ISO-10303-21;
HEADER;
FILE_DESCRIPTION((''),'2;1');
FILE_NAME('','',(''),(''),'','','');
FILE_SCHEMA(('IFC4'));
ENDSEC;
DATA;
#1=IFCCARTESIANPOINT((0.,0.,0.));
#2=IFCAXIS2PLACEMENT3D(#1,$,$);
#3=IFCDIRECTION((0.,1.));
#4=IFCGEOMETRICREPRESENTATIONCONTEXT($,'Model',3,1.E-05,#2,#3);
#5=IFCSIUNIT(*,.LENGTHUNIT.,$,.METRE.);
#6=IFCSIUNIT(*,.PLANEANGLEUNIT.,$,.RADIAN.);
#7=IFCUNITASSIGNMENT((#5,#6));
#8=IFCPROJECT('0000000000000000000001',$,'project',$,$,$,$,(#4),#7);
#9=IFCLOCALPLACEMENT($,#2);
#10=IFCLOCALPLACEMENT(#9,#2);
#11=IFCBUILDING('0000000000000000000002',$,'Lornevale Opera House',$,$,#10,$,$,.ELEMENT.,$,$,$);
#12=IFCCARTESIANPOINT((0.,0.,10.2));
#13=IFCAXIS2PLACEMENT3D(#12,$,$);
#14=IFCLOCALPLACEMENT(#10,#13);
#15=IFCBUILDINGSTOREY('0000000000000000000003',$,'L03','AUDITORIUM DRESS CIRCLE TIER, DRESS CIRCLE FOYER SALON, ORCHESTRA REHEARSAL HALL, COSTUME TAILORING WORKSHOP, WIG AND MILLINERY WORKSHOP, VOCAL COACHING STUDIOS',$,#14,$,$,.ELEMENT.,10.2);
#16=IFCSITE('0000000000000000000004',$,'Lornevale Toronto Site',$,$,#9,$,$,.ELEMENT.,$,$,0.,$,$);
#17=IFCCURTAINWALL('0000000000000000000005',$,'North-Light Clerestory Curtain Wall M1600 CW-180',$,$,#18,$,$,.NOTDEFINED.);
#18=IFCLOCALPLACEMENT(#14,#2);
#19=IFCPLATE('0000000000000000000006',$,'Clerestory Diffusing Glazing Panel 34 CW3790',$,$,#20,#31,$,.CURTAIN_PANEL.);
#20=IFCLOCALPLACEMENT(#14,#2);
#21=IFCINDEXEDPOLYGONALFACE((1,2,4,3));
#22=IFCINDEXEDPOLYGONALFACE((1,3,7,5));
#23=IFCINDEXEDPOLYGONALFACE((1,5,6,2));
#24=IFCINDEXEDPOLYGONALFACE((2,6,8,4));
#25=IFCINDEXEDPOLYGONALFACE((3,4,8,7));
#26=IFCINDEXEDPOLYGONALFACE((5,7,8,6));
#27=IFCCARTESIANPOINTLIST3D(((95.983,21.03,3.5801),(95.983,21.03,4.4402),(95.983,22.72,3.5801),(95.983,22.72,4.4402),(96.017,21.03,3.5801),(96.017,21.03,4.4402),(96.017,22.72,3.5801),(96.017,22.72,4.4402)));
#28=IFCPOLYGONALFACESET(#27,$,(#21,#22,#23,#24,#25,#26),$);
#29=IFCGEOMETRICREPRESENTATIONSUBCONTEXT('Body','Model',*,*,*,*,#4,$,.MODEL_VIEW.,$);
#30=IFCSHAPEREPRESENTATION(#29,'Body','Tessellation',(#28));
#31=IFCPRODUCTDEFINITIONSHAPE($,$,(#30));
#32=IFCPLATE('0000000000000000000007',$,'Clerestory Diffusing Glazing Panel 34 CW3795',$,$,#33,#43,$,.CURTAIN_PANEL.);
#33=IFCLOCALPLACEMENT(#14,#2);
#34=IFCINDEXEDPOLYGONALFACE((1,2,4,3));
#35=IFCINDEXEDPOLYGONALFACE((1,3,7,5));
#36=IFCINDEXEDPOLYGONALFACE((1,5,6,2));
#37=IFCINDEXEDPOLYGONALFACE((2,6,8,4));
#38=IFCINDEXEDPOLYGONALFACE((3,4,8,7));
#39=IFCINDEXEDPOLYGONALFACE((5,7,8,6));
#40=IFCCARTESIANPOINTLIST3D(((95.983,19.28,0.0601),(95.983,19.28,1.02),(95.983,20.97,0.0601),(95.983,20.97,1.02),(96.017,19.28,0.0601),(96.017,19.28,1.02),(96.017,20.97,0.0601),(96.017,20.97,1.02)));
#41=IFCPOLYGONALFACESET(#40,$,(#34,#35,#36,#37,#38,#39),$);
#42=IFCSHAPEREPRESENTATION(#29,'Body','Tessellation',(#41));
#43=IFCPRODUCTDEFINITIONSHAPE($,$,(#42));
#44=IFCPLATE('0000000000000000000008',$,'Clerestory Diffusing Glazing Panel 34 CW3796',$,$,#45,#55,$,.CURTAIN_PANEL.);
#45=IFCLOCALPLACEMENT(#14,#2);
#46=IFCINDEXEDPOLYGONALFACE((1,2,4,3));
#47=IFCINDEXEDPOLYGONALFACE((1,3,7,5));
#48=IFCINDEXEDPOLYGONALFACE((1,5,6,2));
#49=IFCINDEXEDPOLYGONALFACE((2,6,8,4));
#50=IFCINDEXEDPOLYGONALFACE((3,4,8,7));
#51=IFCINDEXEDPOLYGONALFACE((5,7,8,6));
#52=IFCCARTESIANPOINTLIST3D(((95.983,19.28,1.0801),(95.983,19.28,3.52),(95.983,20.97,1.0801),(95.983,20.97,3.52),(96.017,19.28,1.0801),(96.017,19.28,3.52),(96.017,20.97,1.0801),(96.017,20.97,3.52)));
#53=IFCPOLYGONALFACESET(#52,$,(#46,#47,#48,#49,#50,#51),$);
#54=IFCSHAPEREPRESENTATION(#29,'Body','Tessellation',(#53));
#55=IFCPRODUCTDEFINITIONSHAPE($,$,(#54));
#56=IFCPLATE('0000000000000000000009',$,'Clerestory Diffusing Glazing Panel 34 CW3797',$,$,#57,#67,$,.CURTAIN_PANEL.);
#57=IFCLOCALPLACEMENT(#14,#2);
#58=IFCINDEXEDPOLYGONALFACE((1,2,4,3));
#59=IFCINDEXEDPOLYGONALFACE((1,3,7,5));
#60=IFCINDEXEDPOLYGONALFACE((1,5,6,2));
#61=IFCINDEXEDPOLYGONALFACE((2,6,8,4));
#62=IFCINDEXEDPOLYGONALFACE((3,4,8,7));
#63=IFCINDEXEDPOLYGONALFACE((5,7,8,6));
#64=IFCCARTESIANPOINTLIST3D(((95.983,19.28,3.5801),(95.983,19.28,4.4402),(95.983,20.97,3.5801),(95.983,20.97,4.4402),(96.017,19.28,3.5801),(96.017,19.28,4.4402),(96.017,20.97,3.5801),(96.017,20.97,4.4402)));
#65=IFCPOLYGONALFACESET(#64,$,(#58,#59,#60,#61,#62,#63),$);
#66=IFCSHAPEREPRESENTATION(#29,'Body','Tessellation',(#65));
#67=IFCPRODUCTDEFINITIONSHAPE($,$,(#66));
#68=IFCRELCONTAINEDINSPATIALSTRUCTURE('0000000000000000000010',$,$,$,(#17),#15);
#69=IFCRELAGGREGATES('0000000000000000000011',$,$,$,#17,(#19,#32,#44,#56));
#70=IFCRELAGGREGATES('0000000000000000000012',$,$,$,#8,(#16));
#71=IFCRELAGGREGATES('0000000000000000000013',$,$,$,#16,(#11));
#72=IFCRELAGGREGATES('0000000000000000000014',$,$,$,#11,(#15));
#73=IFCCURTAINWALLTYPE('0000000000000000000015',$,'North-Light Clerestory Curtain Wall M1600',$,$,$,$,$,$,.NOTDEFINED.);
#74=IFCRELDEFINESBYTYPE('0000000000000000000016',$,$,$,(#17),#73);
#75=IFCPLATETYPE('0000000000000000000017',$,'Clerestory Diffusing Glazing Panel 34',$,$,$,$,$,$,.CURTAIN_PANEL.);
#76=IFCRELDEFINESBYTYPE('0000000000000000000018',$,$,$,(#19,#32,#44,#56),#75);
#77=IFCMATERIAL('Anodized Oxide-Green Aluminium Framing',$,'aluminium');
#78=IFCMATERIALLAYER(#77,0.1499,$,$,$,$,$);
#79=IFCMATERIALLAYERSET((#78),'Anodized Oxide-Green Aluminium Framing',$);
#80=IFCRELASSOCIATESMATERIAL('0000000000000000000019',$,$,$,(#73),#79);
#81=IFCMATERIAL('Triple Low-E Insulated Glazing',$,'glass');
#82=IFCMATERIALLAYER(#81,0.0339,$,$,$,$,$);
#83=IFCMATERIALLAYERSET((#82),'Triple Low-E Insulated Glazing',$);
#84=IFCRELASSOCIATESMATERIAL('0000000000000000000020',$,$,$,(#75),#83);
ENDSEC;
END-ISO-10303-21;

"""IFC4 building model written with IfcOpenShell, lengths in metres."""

from ifc_helpers import new_model, si_unit, direction, frame, origin, origin_2d, place, context, subcontext, project, spatial, rectangle, extrude, material, layer, layer_set, type_object, element, aggregate, save


model = new_model("IFC4")

# Units and contexts
model_context = context("Model", 3, precision=1e-05, world=origin(), true_north=direction((0.0, 1.0)))
body_context = subcontext(model_context, "Body", "Model", "MODEL_VIEW")
ifc_project = project(units=[si_unit("LENGTHUNIT", "METRE"), si_unit("PLANEANGLEUNIT", "RADIAN")], contexts=[model_context])

# Site, building, storey
site_placement = place(None, origin())
site = spatial("IfcSite", under=ifc_project, at=site_placement, Name="Lornevale Toronto Site", CompositionType="ELEMENT", RefElevation=0.0)
building_placement = place(site_placement, origin())
building = spatial("IfcBuilding", under=site, at=building_placement, Name="Lornevale Opera House", CompositionType="ELEMENT")
storey_placement = place(building_placement, frame((0.0, 0.0, 10.2)))
storey = spatial("IfcBuildingStorey", under=building, at=storey_placement, Name="L03", Description="AUDITORIUM DRESS CIRCLE TIER, DRESS CIRCLE FOYER SALON, ORCHESTRA REHEARSAL HALL, COSTUME TAILORING WORKSHOP, WIG AND MILLINERY WORKSHOP, VOCAL COACHING STUDIOS", CompositionType="ELEMENT", Elevation=10.2)

# Shared definitions
ifc_material_1 = material(Name="Anodized Oxide-Green Aluminium Framing", Category="aluminium")
ifc_layer_1 = layer(ifc_material_1, 0.1499)
ifc_layer_set_1 = layer_set([ifc_layer_1], Name="Anodized Oxide-Green Aluminium Framing")
curtain_wall_type = type_object("IfcCurtainWallType", Name="North-Light Clerestory Curtain Wall M1600", PredefinedType="NOTDEFINED", material=ifc_layer_set_1)

# Curtain wall
curtain_wall_1_placement = place(storey_placement, origin())
curtain_wall_1 = element("IfcCurtainWall", 1, at=curtain_wall_1_placement, inside=storey, type_object=curtain_wall_type, Name="North-Light Clerestory Curtain Wall M1600 CW-180", PredefinedType="NOTDEFINED")

# Plates
ifc_material_2 = material(Name="Triple Low-E Insulated Glazing", Category="glass")
ifc_layer_2 = layer(ifc_material_2, 0.0339)
ifc_layer_set_2 = layer_set([ifc_layer_2], Name="Triple Low-E Insulated Glazing")
plate_type = type_object("IfcPlateType", Name="Clerestory Diffusing Glazing Panel 34", PredefinedType="CURTAIN_PANEL", material=ifc_layer_set_2)
plate_1_placement = place(storey_placement, frame((96.0, 21.875, 3.5801), z_axis=(0.0, 0.0, 1.0), x_axis=(0.0, -1.0, 0.0)))
plate_1 = element("IfcPlate", 2, at=plate_1_placement, type_object=plate_type, Name="Clerestory Diffusing Glazing Panel 34 CW3790", PredefinedType="CURTAIN_PANEL", context=body_context, shape_type="SweptSolid", body=[
    extrude(rectangle(XDim=1.6899, YDim=0.0339, at=origin_2d()), origin(), (0.0, 0.0, 1.0), 0.8601),
])
plate_2_placement = place(storey_placement, frame((96.0, 20.125, 0.0601), z_axis=(0.0, 0.0, 1.0), x_axis=(0.0, -1.0, 0.0)))
plate_2 = element("IfcPlate", 3, at=plate_2_placement, type_object=plate_type, Name="Clerestory Diffusing Glazing Panel 34 CW3795", PredefinedType="CURTAIN_PANEL", context=body_context, shape_type="SweptSolid", body=[
    extrude(rectangle(XDim=1.6899, YDim=0.0339, at=origin_2d()), origin(), (0.0, 0.0, 1.0), 0.96),
])
plate_3_placement = place(storey_placement, frame((96.0, 20.125, 1.0801), z_axis=(0.0, 0.0, 1.0), x_axis=(0.0, -1.0, 0.0)))
plate_3 = element("IfcPlate", 4, at=plate_3_placement, type_object=plate_type, Name="Clerestory Diffusing Glazing Panel 34 CW3796", PredefinedType="CURTAIN_PANEL", context=body_context, shape_type="SweptSolid", body=[
    extrude(rectangle(XDim=1.6899, YDim=0.0339, at=origin_2d()), origin(), (0.0, 0.0, 1.0), 2.4399),
])
plate_4_placement = place(storey_placement, frame((96.0, 20.125, 3.5801), z_axis=(0.0, 0.0, 1.0), x_axis=(0.0, -1.0, 0.0)))
plate_4 = element("IfcPlate", 5, at=plate_4_placement, type_object=plate_type, Name="Clerestory Diffusing Glazing Panel 34 CW3797", PredefinedType="CURTAIN_PANEL", context=body_context, shape_type="SweptSolid", body=[
    extrude(rectangle(XDim=1.6899, YDim=0.0339, at=origin_2d()), origin(), (0.0, 0.0, 1.0), 0.8601),
])
aggregate(curtain_wall_1, [plate_1, plate_2, plate_3, plate_4])

save(model, "model.ifc")
